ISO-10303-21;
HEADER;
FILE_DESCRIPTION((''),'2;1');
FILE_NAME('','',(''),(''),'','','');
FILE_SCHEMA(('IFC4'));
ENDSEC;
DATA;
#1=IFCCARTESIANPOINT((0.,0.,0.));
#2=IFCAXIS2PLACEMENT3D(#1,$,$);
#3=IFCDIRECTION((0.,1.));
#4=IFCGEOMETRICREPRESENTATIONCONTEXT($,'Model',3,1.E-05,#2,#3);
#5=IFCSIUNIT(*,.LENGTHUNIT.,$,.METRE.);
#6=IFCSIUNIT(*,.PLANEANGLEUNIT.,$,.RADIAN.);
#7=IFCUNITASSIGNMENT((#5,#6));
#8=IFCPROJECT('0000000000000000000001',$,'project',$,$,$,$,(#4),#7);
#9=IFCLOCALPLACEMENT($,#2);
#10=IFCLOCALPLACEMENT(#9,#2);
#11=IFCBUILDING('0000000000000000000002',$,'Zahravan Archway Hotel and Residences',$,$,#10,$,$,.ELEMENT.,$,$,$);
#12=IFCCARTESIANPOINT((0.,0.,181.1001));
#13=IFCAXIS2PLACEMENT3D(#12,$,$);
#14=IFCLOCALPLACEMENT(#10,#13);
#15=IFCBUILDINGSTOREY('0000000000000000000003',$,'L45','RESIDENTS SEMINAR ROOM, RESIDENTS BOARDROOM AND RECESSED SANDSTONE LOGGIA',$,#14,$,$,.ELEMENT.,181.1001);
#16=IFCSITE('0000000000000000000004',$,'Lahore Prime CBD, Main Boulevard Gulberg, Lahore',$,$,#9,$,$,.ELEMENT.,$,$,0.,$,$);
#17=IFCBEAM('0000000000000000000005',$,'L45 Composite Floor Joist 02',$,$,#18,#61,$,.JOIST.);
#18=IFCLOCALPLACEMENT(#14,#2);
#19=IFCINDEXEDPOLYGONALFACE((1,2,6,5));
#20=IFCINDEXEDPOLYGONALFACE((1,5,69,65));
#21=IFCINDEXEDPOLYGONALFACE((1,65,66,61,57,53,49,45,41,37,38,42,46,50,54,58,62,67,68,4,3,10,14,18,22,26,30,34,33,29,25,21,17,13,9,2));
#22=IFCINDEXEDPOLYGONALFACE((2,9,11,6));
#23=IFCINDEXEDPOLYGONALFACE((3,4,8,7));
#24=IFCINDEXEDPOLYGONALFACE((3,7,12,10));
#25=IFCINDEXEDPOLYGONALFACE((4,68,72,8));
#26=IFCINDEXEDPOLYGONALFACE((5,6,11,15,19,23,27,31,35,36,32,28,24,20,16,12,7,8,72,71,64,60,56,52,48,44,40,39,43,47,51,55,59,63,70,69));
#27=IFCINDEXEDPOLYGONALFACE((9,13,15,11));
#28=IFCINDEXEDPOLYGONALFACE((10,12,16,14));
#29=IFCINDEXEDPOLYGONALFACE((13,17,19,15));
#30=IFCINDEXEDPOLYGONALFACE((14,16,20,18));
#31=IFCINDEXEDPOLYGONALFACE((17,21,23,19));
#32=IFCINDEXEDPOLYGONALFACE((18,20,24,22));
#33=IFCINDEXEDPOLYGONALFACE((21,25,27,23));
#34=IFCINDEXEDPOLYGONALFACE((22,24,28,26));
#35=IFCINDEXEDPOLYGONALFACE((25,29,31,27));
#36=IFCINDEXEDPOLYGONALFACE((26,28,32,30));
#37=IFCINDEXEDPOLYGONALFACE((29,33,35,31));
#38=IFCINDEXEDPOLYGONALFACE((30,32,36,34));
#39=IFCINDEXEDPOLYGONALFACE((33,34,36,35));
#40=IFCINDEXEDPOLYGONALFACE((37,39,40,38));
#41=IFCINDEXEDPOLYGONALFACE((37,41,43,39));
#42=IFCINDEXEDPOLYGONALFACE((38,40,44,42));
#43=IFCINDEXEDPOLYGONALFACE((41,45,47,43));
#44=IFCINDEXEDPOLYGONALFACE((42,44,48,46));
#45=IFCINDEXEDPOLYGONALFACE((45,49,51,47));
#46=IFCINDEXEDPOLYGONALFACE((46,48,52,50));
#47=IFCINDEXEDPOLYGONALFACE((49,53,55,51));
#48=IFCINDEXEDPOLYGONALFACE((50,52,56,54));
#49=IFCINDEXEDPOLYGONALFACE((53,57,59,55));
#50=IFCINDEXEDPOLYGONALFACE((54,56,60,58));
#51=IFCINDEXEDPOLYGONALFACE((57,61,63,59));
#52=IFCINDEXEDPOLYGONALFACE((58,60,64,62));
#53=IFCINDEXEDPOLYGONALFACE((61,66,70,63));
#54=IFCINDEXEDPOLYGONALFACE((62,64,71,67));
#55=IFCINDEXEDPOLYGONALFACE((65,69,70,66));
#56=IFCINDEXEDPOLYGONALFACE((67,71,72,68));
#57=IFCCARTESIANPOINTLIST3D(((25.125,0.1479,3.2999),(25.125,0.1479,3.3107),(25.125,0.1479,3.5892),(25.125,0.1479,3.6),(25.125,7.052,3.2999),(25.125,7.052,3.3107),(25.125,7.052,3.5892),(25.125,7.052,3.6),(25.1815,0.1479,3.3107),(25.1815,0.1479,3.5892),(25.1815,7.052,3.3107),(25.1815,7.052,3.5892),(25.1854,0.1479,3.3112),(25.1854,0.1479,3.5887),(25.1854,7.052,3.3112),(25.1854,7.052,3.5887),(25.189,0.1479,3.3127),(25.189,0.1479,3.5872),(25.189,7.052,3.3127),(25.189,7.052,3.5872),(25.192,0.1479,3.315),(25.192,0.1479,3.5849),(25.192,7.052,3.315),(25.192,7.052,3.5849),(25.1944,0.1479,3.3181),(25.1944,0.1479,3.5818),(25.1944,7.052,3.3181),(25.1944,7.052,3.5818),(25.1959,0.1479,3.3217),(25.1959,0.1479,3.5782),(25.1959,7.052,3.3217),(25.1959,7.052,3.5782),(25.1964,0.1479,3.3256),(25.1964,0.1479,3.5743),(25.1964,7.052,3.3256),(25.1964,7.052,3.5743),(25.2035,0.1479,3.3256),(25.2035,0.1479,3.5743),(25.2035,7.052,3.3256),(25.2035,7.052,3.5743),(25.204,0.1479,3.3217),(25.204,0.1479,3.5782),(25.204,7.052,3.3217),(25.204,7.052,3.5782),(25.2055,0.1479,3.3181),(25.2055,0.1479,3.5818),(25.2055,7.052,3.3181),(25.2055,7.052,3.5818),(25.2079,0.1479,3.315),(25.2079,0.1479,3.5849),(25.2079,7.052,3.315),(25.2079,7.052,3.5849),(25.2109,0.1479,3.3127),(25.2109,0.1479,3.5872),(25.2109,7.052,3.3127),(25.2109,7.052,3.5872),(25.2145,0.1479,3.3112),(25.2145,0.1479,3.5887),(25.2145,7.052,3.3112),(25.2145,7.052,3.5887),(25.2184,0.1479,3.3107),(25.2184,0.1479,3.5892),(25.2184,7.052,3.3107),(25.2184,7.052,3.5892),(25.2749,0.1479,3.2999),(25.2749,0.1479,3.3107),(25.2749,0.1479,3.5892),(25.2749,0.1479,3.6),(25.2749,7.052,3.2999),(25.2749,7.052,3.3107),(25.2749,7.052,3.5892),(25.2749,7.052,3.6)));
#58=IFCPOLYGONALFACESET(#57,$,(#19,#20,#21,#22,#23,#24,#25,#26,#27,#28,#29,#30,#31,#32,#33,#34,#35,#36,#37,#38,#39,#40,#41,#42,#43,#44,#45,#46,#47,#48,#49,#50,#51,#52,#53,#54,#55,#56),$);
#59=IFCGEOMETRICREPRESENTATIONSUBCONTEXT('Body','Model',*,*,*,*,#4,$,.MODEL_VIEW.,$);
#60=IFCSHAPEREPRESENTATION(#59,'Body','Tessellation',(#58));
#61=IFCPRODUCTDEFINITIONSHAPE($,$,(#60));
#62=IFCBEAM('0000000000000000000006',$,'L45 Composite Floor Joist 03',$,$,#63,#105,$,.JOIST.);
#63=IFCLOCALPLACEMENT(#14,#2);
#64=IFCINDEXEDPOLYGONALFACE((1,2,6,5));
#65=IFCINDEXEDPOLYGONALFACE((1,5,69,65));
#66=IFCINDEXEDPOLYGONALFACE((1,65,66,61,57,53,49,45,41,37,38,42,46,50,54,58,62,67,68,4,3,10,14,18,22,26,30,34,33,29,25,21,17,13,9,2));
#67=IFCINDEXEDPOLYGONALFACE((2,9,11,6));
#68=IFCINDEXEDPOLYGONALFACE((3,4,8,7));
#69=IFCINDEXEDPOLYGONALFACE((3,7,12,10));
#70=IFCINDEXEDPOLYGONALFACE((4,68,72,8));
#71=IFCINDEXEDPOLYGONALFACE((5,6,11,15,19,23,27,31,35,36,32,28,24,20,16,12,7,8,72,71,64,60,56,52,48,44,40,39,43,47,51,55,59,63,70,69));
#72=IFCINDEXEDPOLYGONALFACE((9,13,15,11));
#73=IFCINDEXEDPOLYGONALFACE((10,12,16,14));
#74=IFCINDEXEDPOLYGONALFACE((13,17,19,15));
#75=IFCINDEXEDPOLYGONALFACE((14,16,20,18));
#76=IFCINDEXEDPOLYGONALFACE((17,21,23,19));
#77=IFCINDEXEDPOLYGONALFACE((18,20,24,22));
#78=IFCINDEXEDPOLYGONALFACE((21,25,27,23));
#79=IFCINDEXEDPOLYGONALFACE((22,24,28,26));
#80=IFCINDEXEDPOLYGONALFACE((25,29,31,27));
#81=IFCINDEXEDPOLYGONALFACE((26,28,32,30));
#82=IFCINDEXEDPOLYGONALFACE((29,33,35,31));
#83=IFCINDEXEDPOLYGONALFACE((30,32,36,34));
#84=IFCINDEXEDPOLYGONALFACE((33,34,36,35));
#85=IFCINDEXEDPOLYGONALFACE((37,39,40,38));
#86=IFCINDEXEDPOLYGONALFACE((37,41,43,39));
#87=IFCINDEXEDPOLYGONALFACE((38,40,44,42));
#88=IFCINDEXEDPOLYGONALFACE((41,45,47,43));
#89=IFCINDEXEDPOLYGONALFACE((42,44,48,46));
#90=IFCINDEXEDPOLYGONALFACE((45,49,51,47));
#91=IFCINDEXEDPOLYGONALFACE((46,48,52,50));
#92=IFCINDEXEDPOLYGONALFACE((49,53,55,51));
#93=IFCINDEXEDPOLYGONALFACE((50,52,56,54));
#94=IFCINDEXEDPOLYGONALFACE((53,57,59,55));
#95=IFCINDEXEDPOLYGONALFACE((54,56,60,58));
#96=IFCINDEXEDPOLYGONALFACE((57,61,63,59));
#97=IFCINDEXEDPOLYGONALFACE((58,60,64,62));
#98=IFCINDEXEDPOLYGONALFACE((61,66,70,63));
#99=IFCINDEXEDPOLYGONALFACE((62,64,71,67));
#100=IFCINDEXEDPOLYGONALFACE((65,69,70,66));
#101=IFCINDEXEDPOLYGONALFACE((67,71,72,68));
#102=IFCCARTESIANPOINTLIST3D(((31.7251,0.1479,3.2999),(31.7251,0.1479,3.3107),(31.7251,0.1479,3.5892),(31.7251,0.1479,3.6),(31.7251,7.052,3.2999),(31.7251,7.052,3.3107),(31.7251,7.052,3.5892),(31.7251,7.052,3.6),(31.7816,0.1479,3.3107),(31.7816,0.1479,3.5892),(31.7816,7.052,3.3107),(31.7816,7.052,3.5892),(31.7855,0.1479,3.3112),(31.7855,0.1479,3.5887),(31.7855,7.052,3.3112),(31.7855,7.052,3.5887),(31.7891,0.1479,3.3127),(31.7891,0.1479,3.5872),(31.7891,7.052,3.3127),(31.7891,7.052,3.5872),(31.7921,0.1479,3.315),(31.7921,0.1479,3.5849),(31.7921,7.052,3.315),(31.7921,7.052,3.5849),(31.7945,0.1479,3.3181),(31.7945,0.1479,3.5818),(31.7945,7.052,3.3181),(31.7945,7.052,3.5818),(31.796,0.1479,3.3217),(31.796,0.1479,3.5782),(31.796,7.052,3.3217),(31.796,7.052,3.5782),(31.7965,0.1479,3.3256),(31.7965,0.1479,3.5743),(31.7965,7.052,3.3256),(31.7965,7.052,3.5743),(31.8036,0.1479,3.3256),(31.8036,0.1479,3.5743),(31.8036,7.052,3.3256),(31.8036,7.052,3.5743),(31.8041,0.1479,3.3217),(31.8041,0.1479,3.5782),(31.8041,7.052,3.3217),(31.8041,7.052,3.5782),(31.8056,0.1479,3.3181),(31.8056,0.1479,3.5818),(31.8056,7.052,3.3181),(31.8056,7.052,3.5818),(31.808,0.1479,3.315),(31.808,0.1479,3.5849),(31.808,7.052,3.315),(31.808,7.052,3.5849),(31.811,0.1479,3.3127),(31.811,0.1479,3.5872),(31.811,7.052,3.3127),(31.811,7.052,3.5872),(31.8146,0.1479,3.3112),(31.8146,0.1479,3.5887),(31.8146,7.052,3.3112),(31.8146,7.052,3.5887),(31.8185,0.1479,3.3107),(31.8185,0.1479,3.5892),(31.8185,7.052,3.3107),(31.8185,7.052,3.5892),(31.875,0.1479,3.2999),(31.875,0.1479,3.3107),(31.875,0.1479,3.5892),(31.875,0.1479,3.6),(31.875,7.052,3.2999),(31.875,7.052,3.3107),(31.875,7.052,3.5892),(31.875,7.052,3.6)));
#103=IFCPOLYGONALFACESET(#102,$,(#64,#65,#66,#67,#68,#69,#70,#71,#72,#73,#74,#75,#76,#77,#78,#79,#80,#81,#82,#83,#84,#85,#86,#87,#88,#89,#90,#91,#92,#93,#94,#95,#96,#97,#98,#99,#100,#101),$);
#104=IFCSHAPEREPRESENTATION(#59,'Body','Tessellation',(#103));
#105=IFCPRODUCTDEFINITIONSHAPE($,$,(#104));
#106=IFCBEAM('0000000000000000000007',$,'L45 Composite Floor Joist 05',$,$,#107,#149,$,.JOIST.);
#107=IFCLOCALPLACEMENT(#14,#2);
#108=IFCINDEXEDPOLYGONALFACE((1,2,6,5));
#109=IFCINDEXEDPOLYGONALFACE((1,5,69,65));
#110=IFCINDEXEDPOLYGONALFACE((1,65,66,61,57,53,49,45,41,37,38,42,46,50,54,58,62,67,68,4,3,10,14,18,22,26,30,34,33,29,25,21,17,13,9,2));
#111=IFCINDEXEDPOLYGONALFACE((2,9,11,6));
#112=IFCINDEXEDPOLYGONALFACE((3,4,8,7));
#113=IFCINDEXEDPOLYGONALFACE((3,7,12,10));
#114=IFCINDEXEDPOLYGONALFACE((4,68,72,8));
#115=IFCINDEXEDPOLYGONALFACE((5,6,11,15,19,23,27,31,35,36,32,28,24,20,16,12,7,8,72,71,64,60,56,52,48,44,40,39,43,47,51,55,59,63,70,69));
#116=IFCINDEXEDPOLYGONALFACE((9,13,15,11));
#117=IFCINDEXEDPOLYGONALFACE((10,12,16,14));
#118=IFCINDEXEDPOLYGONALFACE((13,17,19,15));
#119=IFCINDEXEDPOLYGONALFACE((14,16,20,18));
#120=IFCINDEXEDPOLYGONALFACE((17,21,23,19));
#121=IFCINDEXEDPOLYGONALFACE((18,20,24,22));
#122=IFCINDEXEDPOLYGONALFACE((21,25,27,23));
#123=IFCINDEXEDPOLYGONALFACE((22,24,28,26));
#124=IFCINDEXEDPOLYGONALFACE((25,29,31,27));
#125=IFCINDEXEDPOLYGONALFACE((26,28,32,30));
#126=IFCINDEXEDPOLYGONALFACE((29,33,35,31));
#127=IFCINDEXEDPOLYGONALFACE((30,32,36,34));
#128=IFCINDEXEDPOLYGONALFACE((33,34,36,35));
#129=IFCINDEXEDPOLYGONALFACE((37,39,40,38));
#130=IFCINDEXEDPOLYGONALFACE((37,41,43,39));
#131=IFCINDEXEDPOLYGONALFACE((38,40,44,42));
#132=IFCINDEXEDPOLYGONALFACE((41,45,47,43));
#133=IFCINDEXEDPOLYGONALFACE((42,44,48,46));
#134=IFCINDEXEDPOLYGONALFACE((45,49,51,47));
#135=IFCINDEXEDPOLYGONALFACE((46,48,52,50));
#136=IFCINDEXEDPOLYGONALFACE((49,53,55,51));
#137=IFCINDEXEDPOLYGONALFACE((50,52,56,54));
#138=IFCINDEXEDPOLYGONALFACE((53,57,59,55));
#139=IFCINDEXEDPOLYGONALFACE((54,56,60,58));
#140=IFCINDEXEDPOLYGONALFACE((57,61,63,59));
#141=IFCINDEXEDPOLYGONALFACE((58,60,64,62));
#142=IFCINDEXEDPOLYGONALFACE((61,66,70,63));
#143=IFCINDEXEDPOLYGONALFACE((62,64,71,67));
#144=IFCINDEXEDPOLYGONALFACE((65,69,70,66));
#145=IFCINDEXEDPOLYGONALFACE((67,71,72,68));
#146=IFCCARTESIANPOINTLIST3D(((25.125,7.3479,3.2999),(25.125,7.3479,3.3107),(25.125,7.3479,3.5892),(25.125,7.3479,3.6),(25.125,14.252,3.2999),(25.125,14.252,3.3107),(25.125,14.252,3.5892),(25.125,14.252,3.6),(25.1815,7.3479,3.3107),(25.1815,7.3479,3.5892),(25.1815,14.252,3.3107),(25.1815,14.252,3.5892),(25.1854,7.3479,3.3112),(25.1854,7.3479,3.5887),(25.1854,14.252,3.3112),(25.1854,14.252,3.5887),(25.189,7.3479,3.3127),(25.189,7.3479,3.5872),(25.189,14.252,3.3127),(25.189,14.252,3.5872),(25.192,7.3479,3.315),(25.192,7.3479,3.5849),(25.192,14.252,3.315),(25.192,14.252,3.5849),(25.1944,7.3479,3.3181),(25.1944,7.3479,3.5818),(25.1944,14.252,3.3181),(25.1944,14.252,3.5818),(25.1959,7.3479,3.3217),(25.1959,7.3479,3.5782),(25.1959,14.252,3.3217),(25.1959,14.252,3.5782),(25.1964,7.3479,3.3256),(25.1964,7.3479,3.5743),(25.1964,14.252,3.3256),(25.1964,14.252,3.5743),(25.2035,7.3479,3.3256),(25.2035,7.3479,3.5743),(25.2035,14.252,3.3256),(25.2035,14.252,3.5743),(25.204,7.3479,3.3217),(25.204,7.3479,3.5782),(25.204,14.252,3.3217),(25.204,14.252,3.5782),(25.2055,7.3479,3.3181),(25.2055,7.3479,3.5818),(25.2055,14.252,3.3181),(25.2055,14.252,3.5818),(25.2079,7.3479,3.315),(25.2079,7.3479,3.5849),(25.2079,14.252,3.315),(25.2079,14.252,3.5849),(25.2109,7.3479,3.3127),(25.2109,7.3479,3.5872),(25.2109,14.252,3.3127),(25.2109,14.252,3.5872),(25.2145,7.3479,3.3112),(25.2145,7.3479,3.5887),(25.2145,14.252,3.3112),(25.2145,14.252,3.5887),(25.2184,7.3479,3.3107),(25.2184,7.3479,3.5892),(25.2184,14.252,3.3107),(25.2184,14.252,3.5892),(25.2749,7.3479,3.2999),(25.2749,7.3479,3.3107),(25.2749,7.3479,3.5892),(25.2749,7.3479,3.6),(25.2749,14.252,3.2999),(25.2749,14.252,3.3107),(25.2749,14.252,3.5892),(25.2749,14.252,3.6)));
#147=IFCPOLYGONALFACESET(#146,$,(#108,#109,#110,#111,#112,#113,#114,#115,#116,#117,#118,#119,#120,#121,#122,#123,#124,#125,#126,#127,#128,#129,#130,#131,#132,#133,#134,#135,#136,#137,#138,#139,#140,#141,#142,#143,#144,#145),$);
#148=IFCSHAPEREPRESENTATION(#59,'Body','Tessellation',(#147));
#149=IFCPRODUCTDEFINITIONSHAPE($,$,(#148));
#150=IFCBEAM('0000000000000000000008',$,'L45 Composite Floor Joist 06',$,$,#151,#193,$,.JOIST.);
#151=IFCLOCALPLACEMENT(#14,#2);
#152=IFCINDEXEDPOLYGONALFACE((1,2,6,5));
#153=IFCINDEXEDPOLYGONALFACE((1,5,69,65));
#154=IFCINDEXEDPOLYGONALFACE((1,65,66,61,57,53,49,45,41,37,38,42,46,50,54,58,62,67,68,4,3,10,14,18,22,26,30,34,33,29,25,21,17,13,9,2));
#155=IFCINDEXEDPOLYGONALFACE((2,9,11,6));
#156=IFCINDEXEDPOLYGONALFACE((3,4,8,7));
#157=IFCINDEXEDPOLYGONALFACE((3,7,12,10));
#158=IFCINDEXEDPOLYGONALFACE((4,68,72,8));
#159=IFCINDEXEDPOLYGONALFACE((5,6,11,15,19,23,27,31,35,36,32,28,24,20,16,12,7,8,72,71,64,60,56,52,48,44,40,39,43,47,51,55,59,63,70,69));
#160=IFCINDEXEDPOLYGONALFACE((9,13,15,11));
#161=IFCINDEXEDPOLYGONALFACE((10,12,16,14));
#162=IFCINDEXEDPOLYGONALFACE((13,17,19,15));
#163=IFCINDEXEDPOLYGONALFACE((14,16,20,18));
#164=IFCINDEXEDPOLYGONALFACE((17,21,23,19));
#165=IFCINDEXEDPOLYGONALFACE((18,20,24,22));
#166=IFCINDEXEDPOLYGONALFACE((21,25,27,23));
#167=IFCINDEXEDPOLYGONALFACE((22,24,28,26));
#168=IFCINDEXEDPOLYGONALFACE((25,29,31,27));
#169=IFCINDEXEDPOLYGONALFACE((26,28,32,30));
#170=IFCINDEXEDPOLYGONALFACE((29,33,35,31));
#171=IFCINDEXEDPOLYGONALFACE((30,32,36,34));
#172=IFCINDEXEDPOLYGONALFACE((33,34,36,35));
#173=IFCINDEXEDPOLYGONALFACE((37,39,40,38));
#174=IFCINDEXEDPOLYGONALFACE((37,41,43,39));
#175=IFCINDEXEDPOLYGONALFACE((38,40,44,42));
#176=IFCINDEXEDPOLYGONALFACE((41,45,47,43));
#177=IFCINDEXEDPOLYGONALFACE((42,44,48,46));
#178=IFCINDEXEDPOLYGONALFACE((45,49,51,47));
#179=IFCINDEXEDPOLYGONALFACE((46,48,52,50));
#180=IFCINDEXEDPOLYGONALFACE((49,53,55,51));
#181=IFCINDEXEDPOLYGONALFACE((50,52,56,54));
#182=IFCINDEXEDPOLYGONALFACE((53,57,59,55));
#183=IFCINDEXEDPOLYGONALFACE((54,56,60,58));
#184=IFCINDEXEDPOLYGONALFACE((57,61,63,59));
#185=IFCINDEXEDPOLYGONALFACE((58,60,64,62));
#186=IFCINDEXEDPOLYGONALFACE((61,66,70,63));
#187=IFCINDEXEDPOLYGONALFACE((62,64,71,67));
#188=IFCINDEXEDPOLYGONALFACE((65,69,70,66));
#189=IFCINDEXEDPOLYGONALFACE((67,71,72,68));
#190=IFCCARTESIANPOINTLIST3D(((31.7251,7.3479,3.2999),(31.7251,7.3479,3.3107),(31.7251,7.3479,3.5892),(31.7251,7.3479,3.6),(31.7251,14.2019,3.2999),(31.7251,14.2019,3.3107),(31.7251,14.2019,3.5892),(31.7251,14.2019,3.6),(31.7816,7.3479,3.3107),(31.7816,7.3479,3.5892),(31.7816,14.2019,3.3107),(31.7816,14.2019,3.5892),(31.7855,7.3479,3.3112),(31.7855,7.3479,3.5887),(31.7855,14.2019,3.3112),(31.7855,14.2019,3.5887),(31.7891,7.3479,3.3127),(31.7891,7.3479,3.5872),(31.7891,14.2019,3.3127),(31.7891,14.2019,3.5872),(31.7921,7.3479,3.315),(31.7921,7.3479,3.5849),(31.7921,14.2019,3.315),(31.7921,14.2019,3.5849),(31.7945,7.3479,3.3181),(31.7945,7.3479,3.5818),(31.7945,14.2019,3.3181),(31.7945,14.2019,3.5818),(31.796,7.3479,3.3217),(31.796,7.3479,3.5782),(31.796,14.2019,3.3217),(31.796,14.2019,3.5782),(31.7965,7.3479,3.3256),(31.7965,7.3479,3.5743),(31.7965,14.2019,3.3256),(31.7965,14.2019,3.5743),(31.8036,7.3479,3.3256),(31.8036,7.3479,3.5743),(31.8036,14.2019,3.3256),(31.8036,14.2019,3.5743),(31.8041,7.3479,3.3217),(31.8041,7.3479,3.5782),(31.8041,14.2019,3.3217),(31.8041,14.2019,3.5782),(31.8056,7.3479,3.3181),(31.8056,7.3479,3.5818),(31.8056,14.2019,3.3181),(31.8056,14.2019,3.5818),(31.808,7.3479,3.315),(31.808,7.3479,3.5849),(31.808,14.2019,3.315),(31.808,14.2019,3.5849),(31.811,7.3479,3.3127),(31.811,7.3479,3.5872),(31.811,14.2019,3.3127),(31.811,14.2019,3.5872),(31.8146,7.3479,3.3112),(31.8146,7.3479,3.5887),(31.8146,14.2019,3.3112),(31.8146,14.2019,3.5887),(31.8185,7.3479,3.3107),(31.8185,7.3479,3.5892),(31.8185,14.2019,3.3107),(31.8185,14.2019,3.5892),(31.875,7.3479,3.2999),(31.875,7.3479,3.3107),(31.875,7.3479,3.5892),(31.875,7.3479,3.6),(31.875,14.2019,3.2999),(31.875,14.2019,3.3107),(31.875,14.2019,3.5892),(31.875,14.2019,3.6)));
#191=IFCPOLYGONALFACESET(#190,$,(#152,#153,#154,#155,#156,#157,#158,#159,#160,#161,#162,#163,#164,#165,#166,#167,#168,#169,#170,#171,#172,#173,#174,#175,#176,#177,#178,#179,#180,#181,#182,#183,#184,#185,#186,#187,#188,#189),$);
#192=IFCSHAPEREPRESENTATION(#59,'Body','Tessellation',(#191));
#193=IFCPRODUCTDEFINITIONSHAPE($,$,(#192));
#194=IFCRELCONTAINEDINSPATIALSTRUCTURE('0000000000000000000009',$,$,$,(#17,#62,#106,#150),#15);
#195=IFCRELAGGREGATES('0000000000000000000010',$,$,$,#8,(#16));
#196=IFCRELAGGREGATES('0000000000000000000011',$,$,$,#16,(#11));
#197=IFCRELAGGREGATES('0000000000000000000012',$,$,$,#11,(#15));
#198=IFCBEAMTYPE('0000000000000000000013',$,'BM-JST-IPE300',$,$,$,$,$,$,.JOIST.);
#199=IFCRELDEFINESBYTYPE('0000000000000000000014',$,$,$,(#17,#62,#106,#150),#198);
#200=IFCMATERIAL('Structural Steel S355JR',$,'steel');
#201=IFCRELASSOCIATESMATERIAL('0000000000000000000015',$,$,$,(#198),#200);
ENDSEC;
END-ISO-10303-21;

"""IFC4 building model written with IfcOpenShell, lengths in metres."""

from ifc_helpers import new_model, si_unit, direction, frame, origin, origin_2d, place, context, subcontext, project, spatial, i_section, extrude, source, transform, mapped, material, material_profile, profile_set, type_object, type_shapes, element, save


model = new_model("IFC4")

# Units and contexts
model_context = context("Model", 3, precision=1e-05, world=origin(), true_north=direction((0.0, 1.0)))
body_context = subcontext(model_context, "Body", "Model", "MODEL_VIEW")
ifc_project = project(units=[si_unit("LENGTHUNIT", "METRE"), si_unit("PLANEANGLEUNIT", "RADIAN")], contexts=[model_context])

# Site, building, storey
site_placement = place(None, origin())
site = spatial("IfcSite", under=ifc_project, at=site_placement, Name="Lahore Prime CBD, Main Boulevard Gulberg, Lahore", CompositionType="ELEMENT", RefElevation=0.0)
building_placement = place(site_placement, origin())
building = spatial("IfcBuilding", under=site, at=building_placement, Name="Zahravan Archway Hotel and Residences", CompositionType="ELEMENT")
storey_placement = place(building_placement, frame((0.0, 0.0, 181.1001)))
storey = spatial("IfcBuildingStorey", under=building, at=storey_placement, Name="L45", Description="RESIDENTS SEMINAR ROOM, RESIDENTS BOARDROOM AND RECESSED SANDSTONE LOGGIA", CompositionType="ELEMENT", Elevation=181.1001)

# Beams
ifc_material_1 = material(Name="Structural Steel S355JR", Category="steel")
ifc_material_profile_1 = material_profile(ifc_material_1, i_section(OverallWidth=0.1499, OverallDepth=0.3, WebThickness=0.0071, FlangeThickness=0.0107, FilletRadius=0.0149, at=origin_2d()), Name="IPE 300", Category="steel")
ifc_profile_set_1 = profile_set([ifc_material_profile_1], Name="Structural Steel S355JR")
beam_type_1 = type_object("IfcBeamType", Name="BM-JST-IPE300", PredefinedType="JOIST", material=ifc_profile_set_1)
shared_shape_1 = source(origin(), body_context, "Body", "SweptSolid", [
    extrude(i_section(OverallWidth=0.1499, OverallDepth=0.3, WebThickness=0.0071, FlangeThickness=0.0107, FilletRadius=0.0149, at=origin_2d()), origin(), (0.0, 0.0, 1.0), 6.9041),
])
type_shapes(beam_type_1, [shared_shape_1])
for number, where, z_axis, x_axis, name in (
    (1, (25.2, 0.1479, 3.45), (0.0, 1.0, 0.0), (-1.0, 0.0, 0.0), "L45 Composite Floor Joist 02"),
    (2, (31.8, 0.1479, 3.45), (0.0, 1.0, 0.0), (-1.0, 0.0, 0.0), "L45 Composite Floor Joist 03"),
    (3, (25.2, 7.3479, 3.45), (0.0, 1.0, 0.0), (-1.0, 0.0, 0.0), "L45 Composite Floor Joist 05"),
):
    element("IfcBeam", number, at=place(storey_placement, frame(where, z_axis=z_axis, x_axis=x_axis)), inside=storey, type_object=beam_type_1, Name=name, PredefinedType="JOIST", context=body_context, shape_type="MappedRepresentation", body=[
        mapped(shared_shape_1, transform((0.0, 0.0, 0.0), scale=1.0)),
    ])
shared_shape_2 = source(origin(), body_context, "Body", "SweptSolid", [
    extrude(i_section(OverallWidth=0.1499, OverallDepth=0.3, WebThickness=0.0071, FlangeThickness=0.0107, FilletRadius=0.0149, at=origin_2d()), origin(), (0.0, 0.0, 1.0), 6.854),
])
beam_1_placement = place(storey_placement, frame((31.8, 7.3479, 3.45), z_axis=(0.0, 1.0, 0.0), x_axis=(-1.0, 0.0, 0.0)))
element("IfcBeam", 4, at=beam_1_placement, inside=storey, type_object=beam_type_1, Name="L45 Composite Floor Joist 06", PredefinedType="JOIST", context=body_context, shape_type="MappedRepresentation", body=[
    mapped(shared_shape_2, transform((0.0, 0.0, 0.0), scale=1.0)),
])

save(model, "model.ifc")
